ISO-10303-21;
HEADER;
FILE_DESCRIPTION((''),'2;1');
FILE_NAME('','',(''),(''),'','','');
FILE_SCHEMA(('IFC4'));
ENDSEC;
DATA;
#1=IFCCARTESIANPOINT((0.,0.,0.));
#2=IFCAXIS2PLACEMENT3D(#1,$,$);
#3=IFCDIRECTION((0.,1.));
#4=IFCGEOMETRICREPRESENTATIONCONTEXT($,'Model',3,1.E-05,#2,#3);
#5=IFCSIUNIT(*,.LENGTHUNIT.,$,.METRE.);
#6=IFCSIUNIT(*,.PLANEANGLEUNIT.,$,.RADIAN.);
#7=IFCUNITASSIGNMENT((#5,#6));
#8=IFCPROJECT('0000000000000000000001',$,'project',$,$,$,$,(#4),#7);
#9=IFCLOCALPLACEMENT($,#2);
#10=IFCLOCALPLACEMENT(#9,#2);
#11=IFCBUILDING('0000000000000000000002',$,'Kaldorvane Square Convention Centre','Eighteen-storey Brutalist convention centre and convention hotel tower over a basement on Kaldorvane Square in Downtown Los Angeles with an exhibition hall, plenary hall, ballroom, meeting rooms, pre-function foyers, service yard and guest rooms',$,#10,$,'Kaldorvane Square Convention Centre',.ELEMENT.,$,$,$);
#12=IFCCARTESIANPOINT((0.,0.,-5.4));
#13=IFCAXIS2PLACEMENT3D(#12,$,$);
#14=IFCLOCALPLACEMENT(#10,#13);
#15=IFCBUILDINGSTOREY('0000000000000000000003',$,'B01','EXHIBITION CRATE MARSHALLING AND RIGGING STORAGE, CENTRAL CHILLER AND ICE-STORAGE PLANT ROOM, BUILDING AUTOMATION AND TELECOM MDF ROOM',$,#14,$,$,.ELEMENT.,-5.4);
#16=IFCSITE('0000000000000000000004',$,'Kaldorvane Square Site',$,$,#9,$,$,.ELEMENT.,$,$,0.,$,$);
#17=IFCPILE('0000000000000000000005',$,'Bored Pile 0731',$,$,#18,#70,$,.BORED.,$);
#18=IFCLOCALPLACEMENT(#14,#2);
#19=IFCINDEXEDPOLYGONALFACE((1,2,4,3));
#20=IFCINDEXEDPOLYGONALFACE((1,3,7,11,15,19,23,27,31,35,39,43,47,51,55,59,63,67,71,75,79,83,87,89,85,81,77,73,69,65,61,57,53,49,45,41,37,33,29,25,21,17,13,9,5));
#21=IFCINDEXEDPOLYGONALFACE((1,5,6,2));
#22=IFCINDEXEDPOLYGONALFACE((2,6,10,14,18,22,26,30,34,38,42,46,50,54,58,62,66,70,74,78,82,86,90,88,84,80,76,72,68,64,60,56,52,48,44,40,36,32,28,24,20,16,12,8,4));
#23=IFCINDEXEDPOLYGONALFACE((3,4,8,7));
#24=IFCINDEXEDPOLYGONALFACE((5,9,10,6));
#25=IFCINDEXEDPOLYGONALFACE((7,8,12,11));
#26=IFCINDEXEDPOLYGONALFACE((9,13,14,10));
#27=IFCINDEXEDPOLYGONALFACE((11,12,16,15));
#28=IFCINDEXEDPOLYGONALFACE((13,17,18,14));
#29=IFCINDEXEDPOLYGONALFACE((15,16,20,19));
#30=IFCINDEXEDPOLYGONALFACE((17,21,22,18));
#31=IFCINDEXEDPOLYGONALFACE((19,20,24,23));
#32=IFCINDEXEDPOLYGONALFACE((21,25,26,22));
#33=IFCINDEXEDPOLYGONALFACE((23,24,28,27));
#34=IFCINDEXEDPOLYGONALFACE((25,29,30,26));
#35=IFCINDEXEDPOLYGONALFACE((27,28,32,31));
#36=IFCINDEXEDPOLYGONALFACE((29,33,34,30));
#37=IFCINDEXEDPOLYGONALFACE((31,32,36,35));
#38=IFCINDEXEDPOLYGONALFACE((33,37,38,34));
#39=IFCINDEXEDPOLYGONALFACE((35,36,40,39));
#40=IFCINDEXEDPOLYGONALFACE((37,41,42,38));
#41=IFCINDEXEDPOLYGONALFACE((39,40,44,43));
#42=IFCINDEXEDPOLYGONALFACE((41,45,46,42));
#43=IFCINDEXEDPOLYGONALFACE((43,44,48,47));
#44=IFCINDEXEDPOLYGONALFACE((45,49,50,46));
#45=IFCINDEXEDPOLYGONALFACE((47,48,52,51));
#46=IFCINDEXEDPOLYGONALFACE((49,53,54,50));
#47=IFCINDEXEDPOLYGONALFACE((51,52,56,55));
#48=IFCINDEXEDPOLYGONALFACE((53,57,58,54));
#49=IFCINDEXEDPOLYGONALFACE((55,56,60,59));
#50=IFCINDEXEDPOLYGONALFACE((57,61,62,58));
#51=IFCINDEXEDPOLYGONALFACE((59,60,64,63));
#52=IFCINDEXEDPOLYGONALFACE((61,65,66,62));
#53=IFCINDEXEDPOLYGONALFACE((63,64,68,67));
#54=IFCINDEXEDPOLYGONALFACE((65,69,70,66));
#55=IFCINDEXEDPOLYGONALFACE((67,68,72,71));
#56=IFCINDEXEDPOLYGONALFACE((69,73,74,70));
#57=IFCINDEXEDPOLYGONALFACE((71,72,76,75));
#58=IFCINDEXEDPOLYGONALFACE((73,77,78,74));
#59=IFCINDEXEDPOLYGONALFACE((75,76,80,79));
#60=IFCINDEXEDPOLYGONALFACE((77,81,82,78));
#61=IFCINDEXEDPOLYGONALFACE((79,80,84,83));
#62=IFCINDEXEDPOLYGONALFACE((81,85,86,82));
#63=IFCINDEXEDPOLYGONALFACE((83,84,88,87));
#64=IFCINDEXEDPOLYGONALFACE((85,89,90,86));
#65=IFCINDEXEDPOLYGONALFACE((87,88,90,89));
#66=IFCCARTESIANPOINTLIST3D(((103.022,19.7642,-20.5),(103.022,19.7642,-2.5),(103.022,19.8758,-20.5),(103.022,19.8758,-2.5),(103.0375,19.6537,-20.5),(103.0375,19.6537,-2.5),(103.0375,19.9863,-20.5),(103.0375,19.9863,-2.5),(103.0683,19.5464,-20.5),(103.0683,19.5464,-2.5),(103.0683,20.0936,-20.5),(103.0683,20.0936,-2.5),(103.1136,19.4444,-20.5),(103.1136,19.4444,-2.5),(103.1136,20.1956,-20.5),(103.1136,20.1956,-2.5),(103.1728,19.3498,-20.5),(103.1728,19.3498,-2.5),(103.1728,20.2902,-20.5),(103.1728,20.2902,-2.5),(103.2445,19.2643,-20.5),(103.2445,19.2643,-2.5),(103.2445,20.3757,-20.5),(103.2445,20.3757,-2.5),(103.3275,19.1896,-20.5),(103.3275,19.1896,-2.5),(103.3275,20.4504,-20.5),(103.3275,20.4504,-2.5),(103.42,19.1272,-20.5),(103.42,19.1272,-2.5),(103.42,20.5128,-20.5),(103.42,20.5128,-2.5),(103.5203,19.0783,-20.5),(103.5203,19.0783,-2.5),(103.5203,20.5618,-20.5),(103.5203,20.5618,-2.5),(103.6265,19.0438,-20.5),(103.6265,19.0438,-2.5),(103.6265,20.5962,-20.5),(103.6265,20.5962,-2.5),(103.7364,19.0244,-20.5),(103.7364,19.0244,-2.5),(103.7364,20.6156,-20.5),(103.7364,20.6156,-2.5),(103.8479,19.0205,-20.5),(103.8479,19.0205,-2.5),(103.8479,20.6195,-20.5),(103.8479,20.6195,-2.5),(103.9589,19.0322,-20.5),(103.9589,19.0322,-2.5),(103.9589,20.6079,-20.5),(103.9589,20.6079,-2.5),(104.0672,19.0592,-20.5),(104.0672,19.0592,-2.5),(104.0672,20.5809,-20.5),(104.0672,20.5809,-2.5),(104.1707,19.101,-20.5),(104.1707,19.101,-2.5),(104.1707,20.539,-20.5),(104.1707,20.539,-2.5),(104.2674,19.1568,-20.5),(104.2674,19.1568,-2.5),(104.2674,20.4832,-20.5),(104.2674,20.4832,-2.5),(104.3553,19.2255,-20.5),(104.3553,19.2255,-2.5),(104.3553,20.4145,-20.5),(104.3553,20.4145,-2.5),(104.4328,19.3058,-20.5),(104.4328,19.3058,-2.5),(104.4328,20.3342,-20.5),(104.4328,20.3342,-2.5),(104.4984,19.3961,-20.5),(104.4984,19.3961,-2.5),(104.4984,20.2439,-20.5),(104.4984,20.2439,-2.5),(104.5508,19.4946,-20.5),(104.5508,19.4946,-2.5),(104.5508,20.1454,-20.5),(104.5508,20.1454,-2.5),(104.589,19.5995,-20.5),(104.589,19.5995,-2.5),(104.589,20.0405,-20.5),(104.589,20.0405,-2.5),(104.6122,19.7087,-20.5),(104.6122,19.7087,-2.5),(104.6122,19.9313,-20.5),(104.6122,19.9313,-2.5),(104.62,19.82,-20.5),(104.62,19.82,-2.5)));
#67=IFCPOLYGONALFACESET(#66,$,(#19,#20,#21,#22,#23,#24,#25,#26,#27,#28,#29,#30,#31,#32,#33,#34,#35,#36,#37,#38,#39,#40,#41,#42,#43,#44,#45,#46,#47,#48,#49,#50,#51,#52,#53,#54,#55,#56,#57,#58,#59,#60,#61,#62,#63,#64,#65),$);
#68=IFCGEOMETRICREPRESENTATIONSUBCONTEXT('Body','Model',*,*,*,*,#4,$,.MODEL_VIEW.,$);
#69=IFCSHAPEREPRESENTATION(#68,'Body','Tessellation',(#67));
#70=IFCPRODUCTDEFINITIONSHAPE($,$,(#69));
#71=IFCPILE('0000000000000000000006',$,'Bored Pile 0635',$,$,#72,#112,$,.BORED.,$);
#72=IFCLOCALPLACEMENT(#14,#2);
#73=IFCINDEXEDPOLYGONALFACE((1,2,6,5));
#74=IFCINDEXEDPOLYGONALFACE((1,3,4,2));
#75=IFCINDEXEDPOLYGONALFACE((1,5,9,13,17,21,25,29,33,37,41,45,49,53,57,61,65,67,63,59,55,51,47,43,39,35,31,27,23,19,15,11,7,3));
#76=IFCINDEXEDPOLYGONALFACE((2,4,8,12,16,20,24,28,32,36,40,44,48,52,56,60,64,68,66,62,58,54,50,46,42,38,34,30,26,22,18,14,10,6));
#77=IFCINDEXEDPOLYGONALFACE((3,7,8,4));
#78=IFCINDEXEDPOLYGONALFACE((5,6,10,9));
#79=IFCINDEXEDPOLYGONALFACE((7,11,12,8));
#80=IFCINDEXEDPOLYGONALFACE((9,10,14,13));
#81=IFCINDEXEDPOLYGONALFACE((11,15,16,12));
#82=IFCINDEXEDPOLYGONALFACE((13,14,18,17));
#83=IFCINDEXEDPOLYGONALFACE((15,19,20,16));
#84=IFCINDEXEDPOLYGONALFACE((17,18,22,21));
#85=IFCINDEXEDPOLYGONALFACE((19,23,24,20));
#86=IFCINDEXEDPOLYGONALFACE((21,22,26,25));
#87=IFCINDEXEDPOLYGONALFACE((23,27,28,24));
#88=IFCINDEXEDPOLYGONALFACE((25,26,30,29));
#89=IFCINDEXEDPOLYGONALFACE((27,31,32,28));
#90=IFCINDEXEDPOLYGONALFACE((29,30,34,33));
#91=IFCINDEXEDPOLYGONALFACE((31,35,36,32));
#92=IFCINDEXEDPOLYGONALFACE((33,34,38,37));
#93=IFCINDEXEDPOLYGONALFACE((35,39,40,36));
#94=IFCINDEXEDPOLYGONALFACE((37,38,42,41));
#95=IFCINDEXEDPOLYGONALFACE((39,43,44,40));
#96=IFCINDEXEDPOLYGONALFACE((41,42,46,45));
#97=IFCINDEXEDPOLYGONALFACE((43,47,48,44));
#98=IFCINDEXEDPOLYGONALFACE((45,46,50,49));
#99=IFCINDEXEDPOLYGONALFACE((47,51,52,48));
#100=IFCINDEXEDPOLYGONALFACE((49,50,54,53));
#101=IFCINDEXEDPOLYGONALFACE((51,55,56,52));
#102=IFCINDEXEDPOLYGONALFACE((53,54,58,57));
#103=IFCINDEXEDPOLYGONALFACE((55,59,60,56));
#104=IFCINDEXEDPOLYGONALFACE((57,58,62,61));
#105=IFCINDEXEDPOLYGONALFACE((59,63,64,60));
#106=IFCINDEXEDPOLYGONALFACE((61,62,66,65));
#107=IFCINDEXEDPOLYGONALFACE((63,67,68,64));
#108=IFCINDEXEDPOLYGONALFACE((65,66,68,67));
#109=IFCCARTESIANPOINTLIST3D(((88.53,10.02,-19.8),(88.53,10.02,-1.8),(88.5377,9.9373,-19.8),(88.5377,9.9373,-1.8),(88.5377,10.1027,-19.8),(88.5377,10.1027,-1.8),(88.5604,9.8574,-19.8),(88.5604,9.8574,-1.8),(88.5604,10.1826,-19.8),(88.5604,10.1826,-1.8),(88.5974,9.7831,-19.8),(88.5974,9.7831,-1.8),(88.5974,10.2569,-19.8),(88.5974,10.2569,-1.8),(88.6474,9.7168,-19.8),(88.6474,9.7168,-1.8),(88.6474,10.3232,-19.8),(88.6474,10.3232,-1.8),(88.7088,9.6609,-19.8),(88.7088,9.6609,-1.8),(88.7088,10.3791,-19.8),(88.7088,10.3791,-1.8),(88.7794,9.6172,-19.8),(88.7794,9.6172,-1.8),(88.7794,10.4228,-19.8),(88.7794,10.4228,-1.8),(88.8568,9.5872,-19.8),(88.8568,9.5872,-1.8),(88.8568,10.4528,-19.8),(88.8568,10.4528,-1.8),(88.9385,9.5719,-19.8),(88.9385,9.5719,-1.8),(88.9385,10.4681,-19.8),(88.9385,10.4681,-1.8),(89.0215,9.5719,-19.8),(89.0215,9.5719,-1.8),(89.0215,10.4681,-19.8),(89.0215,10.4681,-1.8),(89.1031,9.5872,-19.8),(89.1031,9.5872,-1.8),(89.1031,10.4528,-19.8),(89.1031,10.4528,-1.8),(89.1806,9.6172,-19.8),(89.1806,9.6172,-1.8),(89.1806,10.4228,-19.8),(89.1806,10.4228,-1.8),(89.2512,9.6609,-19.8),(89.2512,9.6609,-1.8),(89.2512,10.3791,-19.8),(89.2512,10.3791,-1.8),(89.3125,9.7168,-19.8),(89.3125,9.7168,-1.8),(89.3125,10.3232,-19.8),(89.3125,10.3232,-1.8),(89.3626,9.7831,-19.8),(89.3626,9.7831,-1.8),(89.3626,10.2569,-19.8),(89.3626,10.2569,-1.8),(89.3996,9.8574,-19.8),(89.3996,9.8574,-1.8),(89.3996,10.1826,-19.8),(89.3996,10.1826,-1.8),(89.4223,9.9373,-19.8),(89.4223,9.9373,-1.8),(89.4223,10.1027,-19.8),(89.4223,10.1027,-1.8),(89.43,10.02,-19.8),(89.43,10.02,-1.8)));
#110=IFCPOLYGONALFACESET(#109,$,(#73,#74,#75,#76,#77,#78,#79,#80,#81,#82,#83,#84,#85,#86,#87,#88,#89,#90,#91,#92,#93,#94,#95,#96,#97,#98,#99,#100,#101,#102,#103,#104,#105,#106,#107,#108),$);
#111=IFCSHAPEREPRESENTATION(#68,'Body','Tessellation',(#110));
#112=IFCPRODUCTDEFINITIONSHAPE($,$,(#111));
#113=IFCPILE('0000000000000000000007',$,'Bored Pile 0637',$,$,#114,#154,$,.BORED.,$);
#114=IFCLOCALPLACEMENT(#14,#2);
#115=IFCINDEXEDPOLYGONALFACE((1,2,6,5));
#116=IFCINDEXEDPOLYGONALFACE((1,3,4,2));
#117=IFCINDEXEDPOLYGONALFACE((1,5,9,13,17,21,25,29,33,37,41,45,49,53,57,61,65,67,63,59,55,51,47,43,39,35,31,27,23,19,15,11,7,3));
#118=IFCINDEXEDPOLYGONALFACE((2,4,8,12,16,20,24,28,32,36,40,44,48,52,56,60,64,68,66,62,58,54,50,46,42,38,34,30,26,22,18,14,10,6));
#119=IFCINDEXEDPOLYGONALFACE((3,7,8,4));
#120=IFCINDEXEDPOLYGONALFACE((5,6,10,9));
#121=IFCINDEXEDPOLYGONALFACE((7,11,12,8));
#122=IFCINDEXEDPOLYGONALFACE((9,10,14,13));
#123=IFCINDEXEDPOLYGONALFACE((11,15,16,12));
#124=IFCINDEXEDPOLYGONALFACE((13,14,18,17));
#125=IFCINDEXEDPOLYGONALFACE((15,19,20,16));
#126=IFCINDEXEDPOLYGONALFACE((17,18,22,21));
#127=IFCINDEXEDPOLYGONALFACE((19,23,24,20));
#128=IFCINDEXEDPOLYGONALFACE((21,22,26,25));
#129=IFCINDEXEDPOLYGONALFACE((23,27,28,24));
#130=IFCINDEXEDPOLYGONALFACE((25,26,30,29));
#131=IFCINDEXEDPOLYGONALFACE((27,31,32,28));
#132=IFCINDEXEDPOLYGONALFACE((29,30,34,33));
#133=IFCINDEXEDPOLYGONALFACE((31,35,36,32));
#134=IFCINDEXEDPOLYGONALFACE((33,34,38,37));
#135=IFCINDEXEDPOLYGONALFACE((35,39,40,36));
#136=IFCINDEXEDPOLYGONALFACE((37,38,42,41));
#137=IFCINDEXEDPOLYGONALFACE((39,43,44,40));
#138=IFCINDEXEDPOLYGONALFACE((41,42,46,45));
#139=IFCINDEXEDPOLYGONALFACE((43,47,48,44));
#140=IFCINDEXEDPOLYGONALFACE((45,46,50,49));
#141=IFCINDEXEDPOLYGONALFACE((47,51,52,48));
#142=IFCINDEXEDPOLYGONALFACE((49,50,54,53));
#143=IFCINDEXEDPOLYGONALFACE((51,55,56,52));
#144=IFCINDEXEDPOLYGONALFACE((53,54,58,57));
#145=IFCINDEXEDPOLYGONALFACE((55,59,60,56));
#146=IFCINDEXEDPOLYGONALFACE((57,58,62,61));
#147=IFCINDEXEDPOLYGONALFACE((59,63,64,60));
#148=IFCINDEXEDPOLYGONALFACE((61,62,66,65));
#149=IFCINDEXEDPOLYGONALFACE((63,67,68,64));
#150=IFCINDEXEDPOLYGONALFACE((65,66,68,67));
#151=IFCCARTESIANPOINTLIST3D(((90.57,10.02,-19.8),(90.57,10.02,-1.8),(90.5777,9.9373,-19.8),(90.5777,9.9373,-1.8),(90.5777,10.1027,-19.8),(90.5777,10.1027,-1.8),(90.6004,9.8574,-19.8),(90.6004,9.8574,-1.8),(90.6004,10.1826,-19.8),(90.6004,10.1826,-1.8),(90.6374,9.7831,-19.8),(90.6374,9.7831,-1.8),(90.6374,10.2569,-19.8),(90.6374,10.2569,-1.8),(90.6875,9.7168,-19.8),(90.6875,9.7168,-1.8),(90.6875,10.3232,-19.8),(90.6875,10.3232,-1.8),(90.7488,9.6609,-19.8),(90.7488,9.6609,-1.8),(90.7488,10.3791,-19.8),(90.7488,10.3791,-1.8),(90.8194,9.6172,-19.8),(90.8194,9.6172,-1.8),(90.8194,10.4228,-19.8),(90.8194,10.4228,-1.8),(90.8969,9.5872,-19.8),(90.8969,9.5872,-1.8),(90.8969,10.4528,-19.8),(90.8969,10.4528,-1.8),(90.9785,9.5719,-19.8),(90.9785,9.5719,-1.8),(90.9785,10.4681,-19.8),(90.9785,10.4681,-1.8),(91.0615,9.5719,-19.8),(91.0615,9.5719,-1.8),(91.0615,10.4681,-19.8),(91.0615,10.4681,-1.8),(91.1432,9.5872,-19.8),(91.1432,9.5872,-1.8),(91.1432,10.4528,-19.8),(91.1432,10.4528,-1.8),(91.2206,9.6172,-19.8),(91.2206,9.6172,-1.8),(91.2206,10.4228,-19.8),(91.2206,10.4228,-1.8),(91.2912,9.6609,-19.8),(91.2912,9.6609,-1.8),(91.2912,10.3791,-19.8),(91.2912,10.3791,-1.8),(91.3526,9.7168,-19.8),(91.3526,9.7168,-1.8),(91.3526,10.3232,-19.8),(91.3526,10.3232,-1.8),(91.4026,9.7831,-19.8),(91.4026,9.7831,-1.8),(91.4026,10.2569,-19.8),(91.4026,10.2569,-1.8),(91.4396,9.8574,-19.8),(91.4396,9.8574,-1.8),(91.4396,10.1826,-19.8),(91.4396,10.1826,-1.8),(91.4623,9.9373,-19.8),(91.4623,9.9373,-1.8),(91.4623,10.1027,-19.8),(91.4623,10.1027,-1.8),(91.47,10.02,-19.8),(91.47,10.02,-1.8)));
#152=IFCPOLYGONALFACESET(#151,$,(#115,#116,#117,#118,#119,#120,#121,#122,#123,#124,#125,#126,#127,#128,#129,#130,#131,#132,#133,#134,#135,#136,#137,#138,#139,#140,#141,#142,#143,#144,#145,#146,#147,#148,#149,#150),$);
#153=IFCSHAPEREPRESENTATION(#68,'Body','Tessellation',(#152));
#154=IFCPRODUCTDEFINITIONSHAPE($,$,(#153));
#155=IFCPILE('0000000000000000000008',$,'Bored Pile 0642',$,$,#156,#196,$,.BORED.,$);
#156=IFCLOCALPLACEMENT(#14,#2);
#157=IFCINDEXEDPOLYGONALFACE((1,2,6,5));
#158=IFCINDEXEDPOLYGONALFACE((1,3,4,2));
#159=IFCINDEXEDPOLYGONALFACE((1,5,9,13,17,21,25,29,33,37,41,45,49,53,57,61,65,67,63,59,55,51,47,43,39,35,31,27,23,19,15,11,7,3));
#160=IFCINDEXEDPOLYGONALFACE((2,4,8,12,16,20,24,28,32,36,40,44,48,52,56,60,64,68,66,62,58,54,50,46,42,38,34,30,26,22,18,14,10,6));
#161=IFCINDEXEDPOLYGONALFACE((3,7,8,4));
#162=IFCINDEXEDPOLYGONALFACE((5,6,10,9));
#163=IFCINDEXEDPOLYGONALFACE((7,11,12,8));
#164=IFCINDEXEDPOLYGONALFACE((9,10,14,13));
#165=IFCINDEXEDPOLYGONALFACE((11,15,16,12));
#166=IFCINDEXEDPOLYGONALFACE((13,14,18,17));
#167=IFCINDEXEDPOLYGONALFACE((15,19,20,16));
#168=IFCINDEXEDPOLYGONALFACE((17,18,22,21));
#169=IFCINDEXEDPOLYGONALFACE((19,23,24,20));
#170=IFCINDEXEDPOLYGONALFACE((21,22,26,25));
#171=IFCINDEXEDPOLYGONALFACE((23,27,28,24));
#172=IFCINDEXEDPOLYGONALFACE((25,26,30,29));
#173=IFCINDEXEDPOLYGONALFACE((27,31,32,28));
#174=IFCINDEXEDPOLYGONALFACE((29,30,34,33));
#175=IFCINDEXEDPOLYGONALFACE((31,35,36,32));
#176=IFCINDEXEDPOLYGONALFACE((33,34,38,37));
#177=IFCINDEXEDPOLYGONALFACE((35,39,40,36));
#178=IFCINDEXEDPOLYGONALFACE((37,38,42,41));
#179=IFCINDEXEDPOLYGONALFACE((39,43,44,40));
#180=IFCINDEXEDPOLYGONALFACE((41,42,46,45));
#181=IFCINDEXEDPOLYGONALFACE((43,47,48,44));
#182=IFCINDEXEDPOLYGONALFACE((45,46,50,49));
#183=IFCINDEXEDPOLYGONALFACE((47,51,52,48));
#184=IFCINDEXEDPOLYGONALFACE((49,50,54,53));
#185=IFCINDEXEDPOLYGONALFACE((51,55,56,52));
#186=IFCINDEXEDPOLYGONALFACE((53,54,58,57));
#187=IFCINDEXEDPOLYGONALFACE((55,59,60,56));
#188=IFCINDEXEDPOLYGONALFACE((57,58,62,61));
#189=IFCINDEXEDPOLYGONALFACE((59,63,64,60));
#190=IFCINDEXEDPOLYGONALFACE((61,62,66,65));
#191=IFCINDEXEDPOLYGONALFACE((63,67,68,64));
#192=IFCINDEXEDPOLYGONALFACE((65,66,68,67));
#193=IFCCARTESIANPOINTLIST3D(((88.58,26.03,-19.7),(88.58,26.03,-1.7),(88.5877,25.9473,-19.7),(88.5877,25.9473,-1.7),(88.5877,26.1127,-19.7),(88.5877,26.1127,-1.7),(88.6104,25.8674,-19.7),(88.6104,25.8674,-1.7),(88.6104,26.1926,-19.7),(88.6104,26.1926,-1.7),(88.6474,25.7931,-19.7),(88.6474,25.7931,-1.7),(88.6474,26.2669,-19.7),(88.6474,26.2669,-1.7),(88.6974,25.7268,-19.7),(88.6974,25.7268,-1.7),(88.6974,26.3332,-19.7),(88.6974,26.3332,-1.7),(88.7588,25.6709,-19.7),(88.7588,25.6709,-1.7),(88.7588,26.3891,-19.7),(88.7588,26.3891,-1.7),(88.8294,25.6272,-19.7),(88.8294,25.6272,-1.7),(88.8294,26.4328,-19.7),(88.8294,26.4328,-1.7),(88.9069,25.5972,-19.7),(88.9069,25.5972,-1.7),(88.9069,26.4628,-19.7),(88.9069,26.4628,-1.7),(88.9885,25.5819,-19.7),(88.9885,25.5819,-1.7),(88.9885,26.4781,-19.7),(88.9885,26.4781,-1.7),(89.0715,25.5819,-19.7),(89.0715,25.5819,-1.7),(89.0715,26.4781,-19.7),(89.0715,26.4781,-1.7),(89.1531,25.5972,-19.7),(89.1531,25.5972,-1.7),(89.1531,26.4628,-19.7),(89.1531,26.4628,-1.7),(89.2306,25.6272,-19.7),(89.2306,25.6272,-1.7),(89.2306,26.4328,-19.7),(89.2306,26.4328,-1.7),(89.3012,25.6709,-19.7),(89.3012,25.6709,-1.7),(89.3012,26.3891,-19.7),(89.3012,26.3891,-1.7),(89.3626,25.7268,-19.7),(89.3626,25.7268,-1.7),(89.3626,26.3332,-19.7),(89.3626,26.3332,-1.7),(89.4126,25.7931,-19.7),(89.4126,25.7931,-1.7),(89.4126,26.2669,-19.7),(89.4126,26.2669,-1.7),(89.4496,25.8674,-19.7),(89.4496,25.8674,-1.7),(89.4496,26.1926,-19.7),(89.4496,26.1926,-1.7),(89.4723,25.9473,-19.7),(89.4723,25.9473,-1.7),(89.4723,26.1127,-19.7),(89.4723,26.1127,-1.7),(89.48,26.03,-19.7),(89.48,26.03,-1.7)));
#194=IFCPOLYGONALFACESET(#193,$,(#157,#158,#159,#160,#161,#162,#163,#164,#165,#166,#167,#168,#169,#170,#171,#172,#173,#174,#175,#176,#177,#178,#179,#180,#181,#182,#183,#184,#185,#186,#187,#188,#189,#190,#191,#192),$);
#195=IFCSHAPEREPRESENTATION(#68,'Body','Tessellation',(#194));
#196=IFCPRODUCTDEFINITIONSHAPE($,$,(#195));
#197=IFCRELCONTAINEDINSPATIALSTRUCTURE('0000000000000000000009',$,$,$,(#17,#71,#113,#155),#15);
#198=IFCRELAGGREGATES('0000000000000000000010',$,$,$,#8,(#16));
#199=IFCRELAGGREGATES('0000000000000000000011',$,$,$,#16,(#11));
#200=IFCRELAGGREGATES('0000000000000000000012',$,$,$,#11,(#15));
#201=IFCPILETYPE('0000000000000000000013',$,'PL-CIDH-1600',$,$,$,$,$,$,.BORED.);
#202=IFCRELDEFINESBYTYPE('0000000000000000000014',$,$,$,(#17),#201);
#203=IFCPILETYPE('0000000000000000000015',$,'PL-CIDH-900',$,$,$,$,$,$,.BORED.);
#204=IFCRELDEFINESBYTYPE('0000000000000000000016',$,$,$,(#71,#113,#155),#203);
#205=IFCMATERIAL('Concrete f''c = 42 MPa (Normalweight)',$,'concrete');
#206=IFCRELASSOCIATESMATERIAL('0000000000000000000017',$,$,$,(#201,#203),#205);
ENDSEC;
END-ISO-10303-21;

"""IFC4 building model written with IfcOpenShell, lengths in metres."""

from ifc_helpers import new_model, si_unit, direction, frame, origin, origin_2d, place, context, subcontext, project, spatial, circle, extrude, material, material_profile, profile_set, type_object, element, save


model = new_model("IFC4")

# Units and contexts
model_context = context("Model", 3, precision=1e-05, world=origin(), true_north=direction((0.0, 1.0)))
body_context = subcontext(model_context, "Body", "Model", "MODEL_VIEW")
ifc_project = project(units=[si_unit("LENGTHUNIT", "METRE"), si_unit("PLANEANGLEUNIT", "RADIAN")], contexts=[model_context])

# Site, building, storey
site_placement = place(None, origin())
site = spatial("IfcSite", under=ifc_project, at=site_placement, Name="Kaldorvane Square Site", CompositionType="ELEMENT", RefElevation=0.0)
building_placement = place(site_placement, origin())
building = spatial("IfcBuilding", under=site, at=building_placement, Name="Kaldorvane Square Convention Centre", Description="Eighteen-storey Brutalist convention centre and convention hotel tower over a basement on Kaldorvane Square in Downtown Los Angeles with an exhibition hall, plenary hall, ballroom, meeting rooms, pre-function foyers, service yard and guest rooms", LongName="Kaldorvane Square Convention Centre", CompositionType="ELEMENT")
storey_placement = place(building_placement, frame((0.0, 0.0, -5.4)))
storey = spatial("IfcBuildingStorey", under=building, at=storey_placement, Name="B01", Description="EXHIBITION CRATE MARSHALLING AND RIGGING STORAGE, CENTRAL CHILLER AND ICE-STORAGE PLANT ROOM, BUILDING AUTOMATION AND TELECOM MDF ROOM", CompositionType="ELEMENT", Elevation=-5.4)

# Shared definitions
ifc_material_1 = material(Name="Concrete f'c = 42 MPa (Normalweight)", Category="concrete")

# Piles
ifc_material_profile_1 = material_profile(ifc_material_1, circle(Radius=0.8, at=origin_2d()), Name="PILE-D1600")
ifc_profile_set_1 = profile_set([ifc_material_profile_1], Name="Concrete f'c = 42 MPa (Normalweight)")
pile_type_1 = type_object("IfcPileType", Name="PL-CIDH-1600", PredefinedType="BORED", material=ifc_profile_set_1)
for number, where, z_axis, x_axis, name in (
    (1, (103.82, 19.82, -2.5), (0.0, 0.0, -1.0), (1.0, 0.0, 0.0), "Bored Pile 0731"),
):
    element("IfcPile", number, at=place(storey_placement, frame(where, z_axis=z_axis, x_axis=x_axis)), inside=storey, type_object=pile_type_1, Name=name, PredefinedType="BORED", context=body_context, shape_type="SweptSolid", body=[
        extrude(circle(Radius=0.8, at=origin_2d()), origin(), (0.0, 0.0, 1.0), 18.0),
    ])
ifc_material_profile_2 = material_profile(ifc_material_1, circle(Radius=0.45, at=origin_2d()), Name="PILE-D900")
ifc_profile_set_2 = profile_set([ifc_material_profile_2], Name="Concrete f'c = 42 MPa (Normalweight)")
pile_type_2 = type_object("IfcPileType", Name="PL-CIDH-900", PredefinedType="BORED", material=ifc_profile_set_2)
for number, where, z_axis, x_axis, name in (
    (2, (88.98, 10.02, -1.8), (0.0, 0.0, -1.0), (1.0, 0.0, 0.0), "Bored Pile 0635"),
    (3, (91.02, 10.02, -1.8), (0.0, 0.0, -1.0), (1.0, 0.0, 0.0), "Bored Pile 0637"),
    (4, (89.03, 26.03, -1.7), (0.0, 0.0, -1.0), (1.0, 0.0, 0.0), "Bored Pile 0642"),
):
    element("IfcPile", number, at=place(storey_placement, frame(where, z_axis=z_axis, x_axis=x_axis)), inside=storey, type_object=pile_type_2, Name=name, PredefinedType="BORED", context=body_context, shape_type="SweptSolid", body=[
        extrude(circle(Radius=0.45, at=origin_2d()), origin(), (0.0, 0.0, 1.0), 18.0),
    ])

save(model, "model.ifc")
